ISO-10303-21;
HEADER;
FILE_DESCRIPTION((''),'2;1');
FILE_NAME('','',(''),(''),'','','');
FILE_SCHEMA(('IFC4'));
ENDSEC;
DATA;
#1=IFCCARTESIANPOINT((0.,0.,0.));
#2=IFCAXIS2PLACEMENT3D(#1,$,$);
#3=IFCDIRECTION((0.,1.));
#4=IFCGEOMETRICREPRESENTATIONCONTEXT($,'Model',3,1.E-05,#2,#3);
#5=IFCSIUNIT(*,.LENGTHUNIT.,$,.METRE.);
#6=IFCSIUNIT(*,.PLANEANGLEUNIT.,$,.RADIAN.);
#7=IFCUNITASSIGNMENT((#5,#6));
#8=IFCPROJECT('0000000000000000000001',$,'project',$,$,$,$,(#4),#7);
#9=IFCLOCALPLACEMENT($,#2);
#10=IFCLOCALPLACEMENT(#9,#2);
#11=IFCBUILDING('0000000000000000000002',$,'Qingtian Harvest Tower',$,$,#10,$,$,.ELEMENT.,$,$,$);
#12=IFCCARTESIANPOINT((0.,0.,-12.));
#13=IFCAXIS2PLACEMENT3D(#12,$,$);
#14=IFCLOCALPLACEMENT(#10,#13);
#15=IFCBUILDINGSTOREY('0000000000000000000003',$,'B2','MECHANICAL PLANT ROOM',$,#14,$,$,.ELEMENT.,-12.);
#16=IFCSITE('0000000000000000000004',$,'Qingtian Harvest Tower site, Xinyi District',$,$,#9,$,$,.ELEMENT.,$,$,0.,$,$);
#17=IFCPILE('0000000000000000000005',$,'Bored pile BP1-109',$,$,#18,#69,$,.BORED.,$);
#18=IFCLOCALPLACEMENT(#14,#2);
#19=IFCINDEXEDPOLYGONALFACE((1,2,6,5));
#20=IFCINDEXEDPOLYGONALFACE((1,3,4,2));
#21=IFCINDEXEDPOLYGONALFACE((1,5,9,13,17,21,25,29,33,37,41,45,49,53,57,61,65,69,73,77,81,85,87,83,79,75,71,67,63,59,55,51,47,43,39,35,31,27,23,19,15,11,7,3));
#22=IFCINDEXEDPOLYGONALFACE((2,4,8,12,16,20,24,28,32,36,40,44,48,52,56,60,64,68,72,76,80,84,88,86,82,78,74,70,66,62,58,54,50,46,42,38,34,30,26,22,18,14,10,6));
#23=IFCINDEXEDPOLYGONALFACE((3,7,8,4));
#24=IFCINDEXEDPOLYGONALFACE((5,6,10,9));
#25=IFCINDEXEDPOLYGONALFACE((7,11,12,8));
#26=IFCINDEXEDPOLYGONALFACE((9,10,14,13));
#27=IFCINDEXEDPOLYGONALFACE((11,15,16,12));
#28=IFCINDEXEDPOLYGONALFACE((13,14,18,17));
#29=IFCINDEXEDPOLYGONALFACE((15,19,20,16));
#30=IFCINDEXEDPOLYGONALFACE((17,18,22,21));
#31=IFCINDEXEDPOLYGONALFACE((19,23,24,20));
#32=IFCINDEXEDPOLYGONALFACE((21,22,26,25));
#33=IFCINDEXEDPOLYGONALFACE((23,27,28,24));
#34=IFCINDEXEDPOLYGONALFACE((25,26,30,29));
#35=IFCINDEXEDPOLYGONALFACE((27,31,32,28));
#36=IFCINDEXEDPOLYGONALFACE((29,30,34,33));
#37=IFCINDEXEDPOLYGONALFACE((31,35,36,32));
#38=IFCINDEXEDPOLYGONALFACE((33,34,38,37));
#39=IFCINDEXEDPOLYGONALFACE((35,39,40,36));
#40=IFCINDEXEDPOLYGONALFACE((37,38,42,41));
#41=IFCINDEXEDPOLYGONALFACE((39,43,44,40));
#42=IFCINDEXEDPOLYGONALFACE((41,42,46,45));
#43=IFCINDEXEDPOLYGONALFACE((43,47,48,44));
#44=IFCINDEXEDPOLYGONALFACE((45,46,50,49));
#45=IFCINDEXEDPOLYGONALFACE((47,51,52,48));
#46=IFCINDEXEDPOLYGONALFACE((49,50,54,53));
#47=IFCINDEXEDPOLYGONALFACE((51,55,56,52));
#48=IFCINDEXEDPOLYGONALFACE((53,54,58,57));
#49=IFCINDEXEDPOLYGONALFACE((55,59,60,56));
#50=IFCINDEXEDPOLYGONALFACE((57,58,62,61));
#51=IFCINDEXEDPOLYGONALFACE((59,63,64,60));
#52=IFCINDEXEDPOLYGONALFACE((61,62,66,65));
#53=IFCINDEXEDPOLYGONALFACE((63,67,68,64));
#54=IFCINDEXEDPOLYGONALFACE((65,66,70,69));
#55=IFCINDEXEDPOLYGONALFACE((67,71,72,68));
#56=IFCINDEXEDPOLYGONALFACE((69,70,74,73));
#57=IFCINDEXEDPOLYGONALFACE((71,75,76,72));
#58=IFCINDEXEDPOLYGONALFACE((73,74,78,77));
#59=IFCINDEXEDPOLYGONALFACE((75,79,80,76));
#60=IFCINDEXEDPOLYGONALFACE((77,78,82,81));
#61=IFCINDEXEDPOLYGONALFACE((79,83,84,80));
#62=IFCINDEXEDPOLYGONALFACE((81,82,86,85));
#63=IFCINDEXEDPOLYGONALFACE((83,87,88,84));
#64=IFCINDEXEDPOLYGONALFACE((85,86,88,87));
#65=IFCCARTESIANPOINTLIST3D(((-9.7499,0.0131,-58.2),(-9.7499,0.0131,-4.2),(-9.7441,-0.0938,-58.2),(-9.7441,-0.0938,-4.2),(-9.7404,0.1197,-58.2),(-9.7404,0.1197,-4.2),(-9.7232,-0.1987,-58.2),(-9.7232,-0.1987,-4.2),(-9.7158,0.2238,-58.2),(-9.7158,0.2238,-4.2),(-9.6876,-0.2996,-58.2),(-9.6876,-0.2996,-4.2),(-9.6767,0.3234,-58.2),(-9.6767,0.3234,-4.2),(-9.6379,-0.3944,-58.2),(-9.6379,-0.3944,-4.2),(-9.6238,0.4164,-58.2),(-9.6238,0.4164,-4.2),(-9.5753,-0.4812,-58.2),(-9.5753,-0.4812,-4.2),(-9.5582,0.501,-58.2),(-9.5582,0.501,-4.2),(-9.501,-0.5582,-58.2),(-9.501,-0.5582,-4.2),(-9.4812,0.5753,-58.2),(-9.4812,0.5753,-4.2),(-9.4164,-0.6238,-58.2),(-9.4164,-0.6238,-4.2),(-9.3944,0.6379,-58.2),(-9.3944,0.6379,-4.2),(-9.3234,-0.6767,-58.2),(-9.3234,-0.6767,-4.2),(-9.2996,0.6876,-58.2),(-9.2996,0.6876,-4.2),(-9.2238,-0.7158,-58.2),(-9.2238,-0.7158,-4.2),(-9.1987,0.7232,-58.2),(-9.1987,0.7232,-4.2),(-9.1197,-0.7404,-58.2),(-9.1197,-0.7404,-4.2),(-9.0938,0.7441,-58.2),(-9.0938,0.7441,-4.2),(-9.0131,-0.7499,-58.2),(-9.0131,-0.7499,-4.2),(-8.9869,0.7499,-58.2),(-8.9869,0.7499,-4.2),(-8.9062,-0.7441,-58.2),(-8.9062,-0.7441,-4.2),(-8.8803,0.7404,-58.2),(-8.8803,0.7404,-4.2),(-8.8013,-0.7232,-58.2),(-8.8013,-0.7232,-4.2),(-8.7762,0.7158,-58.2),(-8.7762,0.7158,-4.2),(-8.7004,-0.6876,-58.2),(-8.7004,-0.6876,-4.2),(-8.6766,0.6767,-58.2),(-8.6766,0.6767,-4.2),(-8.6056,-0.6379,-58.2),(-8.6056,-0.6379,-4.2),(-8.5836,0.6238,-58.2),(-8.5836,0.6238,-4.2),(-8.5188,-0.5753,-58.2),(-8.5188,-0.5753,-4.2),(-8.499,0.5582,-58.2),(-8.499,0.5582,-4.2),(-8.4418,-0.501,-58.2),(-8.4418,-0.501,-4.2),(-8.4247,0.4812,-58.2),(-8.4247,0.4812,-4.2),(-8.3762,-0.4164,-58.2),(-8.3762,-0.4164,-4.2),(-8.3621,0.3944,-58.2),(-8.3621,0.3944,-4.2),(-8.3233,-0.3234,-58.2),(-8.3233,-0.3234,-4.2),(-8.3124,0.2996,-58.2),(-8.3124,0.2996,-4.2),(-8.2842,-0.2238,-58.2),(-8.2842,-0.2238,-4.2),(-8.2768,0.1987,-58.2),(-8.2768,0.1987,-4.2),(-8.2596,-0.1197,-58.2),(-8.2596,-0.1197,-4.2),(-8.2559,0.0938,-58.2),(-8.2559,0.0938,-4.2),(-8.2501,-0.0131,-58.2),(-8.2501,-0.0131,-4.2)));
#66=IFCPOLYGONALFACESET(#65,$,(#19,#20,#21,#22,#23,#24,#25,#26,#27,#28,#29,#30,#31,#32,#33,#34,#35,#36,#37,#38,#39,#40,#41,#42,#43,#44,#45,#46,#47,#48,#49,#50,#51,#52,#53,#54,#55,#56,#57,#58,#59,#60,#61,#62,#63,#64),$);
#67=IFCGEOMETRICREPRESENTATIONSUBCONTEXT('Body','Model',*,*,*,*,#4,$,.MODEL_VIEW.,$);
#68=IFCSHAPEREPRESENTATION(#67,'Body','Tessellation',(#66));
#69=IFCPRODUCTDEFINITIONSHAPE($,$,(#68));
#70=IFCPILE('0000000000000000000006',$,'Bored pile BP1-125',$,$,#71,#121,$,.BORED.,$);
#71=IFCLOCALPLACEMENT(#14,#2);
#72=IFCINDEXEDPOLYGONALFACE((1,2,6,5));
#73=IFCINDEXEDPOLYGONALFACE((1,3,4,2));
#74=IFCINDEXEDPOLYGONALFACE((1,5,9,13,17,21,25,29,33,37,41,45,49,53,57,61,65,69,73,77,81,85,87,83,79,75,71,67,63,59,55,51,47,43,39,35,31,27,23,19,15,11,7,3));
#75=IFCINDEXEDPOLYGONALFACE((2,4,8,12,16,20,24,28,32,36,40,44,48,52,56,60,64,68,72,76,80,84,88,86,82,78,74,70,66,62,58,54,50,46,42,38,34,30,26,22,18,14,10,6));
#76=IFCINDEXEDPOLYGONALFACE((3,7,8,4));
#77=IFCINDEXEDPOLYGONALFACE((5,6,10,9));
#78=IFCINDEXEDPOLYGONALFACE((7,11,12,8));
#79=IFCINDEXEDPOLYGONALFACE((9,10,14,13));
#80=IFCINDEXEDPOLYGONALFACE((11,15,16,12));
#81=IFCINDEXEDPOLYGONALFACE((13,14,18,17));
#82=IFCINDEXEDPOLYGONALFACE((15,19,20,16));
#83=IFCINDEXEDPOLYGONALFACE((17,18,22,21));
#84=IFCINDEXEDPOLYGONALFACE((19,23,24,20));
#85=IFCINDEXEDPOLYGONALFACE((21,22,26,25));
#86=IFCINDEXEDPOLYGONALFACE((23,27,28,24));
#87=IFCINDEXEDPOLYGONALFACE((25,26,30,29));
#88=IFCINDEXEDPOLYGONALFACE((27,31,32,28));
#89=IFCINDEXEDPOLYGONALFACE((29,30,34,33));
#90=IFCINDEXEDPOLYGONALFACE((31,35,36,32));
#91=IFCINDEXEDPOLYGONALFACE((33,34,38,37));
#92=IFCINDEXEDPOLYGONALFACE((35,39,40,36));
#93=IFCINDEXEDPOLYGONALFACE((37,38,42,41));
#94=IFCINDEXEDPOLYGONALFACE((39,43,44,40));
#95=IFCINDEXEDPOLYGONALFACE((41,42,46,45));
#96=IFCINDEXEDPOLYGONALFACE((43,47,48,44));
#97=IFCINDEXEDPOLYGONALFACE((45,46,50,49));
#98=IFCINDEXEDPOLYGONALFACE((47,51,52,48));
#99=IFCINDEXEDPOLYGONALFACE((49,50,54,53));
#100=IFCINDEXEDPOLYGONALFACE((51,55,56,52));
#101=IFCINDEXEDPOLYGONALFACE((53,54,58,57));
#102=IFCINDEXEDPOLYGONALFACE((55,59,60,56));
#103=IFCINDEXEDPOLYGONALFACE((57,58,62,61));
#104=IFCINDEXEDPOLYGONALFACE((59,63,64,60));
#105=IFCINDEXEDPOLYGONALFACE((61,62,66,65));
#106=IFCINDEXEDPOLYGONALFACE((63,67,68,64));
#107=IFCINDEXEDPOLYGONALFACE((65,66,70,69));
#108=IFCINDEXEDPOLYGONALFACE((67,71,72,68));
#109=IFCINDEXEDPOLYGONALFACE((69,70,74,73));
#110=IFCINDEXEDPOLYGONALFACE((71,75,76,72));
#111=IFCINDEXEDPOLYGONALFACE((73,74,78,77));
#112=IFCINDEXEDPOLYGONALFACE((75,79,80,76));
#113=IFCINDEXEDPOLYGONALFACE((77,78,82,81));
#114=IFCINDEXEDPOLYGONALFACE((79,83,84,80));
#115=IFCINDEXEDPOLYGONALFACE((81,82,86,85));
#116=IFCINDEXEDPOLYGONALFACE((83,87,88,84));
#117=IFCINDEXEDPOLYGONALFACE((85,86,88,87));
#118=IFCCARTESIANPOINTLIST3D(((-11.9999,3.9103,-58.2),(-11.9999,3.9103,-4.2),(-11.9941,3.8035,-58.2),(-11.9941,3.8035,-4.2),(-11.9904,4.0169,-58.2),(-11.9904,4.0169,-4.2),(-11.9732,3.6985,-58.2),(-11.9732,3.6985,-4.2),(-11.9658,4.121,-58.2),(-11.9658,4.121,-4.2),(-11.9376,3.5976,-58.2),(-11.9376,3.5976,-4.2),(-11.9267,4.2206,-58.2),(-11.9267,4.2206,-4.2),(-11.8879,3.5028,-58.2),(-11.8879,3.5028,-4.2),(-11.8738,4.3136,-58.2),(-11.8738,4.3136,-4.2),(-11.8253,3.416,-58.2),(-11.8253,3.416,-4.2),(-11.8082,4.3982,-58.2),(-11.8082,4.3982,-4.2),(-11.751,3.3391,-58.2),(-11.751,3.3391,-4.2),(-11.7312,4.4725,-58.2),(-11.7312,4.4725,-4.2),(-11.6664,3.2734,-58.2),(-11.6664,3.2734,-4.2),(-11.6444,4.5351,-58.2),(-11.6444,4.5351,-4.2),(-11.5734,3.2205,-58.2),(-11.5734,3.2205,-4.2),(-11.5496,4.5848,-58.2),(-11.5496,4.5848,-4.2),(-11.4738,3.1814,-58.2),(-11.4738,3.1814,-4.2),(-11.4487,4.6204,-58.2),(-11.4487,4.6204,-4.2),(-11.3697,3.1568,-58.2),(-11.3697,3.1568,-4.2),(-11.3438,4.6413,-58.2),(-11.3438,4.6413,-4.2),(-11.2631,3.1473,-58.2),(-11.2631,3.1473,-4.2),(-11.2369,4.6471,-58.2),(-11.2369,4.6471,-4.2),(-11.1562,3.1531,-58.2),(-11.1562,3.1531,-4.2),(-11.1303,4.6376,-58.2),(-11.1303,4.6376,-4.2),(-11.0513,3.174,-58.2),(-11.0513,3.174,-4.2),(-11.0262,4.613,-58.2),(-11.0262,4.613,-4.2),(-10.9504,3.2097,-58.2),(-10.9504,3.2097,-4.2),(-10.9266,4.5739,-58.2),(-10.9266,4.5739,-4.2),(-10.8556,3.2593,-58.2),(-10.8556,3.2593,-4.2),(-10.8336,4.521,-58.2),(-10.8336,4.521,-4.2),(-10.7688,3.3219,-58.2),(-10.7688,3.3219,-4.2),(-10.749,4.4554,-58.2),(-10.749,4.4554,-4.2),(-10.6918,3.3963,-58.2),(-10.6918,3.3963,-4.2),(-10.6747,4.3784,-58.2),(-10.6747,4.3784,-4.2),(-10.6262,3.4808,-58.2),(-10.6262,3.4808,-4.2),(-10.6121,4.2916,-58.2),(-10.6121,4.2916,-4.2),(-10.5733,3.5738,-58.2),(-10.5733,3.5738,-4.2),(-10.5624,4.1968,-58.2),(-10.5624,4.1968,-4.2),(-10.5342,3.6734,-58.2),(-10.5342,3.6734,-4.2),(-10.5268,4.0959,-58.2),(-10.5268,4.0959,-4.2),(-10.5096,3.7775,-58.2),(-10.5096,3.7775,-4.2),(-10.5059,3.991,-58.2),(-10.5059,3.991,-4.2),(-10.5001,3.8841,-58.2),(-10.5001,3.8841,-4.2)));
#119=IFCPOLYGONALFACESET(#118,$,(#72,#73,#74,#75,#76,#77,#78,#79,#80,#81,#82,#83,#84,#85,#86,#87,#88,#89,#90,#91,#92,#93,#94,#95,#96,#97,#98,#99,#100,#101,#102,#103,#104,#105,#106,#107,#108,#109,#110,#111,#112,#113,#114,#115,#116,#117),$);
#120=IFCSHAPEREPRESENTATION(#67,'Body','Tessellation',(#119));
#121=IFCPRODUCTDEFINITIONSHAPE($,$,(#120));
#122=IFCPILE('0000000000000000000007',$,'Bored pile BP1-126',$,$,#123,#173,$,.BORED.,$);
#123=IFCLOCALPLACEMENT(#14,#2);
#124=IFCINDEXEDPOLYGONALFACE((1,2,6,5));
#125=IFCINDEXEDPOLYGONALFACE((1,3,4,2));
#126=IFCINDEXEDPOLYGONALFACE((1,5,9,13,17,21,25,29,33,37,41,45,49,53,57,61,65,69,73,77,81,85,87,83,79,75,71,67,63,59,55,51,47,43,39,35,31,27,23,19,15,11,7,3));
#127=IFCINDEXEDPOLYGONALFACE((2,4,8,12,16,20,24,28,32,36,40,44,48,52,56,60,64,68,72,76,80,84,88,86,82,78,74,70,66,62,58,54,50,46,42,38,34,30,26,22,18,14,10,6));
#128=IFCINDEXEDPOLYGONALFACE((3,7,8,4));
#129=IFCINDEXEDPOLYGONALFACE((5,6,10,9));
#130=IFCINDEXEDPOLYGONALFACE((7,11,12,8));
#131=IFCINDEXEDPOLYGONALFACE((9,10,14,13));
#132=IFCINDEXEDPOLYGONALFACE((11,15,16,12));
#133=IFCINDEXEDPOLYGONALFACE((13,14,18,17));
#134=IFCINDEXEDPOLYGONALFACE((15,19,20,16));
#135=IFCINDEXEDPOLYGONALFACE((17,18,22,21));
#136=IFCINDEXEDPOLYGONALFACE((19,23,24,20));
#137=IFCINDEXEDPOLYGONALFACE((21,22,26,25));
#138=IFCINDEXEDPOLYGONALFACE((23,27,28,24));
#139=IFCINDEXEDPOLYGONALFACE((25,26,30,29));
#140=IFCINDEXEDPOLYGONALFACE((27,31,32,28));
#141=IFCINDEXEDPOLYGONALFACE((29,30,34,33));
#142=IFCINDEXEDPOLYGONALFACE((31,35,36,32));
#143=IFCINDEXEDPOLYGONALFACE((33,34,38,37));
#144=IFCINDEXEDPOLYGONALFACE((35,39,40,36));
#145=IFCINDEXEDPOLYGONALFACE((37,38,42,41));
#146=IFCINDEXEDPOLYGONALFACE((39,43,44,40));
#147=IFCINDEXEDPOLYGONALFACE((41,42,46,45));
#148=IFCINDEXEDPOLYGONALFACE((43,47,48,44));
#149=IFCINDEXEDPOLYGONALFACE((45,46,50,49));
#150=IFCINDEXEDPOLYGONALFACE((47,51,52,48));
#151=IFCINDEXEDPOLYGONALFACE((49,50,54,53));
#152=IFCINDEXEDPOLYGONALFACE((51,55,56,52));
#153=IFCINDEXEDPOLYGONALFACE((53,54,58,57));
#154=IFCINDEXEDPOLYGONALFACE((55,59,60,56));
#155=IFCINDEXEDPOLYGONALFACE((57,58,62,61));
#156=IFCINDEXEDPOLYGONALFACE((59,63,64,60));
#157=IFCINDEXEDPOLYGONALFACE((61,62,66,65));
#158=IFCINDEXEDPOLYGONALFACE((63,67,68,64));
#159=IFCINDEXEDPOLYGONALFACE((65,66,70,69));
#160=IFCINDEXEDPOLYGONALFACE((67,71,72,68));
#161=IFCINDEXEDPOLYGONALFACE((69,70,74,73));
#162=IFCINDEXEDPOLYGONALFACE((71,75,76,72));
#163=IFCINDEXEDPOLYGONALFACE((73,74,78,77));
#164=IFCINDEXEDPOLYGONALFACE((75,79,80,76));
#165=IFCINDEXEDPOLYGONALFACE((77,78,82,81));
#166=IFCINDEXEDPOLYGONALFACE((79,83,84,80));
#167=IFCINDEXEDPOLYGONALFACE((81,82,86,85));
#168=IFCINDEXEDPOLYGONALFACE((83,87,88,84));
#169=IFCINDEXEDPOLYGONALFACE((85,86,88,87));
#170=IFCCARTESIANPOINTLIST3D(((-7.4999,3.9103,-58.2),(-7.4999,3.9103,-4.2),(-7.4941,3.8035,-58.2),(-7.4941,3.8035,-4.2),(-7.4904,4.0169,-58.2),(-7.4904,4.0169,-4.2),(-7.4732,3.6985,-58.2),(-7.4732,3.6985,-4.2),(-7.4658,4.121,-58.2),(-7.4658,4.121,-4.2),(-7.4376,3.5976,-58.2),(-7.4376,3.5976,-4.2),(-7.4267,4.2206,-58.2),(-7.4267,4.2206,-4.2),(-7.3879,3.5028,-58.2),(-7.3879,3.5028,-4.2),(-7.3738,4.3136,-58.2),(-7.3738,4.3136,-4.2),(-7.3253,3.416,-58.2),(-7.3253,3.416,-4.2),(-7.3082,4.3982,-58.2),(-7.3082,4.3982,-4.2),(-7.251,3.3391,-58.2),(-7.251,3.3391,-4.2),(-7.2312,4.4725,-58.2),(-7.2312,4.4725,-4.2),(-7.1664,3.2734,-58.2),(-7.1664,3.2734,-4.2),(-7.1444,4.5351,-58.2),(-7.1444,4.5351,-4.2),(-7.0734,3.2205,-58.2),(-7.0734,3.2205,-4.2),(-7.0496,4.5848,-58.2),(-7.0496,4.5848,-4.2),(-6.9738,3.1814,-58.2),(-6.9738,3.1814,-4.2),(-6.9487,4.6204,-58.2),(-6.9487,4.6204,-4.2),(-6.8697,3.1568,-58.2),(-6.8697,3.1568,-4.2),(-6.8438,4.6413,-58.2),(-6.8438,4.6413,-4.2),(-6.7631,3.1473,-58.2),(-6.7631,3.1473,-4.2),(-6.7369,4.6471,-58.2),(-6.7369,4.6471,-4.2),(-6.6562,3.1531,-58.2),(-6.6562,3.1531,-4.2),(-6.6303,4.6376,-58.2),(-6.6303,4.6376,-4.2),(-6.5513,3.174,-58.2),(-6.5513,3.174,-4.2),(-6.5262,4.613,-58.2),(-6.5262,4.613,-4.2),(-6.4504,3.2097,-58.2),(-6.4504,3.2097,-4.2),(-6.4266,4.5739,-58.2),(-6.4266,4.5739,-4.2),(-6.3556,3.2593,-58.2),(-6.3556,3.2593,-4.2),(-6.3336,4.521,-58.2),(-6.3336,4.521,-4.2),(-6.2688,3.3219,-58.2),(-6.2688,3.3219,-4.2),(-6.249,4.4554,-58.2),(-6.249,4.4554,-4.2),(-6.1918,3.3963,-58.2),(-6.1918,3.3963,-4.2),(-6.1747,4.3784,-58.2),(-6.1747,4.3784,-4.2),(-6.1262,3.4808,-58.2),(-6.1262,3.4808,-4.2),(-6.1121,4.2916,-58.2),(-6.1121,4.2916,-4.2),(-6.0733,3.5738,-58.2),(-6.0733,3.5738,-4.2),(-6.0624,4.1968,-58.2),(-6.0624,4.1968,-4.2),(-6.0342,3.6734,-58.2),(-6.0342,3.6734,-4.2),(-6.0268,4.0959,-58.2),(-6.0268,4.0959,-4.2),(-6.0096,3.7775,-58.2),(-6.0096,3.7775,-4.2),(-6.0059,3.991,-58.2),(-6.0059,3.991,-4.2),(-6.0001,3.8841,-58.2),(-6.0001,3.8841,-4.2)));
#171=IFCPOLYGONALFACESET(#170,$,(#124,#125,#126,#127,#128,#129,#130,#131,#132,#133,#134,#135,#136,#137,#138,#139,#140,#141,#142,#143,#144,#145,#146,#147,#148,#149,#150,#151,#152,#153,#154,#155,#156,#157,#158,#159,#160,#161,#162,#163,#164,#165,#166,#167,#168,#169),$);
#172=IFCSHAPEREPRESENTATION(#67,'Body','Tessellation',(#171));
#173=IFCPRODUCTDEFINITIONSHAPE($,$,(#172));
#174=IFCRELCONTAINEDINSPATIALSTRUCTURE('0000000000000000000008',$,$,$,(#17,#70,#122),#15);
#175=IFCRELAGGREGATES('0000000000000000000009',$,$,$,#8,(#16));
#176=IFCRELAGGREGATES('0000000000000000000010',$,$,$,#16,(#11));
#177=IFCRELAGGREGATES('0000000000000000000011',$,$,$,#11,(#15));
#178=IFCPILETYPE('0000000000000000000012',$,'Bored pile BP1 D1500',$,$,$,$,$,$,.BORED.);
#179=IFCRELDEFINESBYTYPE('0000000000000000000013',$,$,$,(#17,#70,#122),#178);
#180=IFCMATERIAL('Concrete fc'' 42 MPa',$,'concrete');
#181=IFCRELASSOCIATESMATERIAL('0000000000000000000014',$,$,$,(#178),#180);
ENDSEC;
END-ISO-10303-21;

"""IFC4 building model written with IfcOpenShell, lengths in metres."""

from ifc_helpers import new_model, si_unit, direction, frame, frame_2d, origin, place, context, subcontext, project, spatial, circle, extrude, material, material_profile, profile_set, type_object, element, save


model = new_model("IFC4")

# Units and contexts
model_context = context("Model", 3, precision=1e-05, world=origin(), true_north=direction((0.0, 1.0)))
body_context = subcontext(model_context, "Body", "Model", "MODEL_VIEW")
ifc_project = project(units=[si_unit("LENGTHUNIT", "METRE"), si_unit("PLANEANGLEUNIT", "RADIAN")], contexts=[model_context])

# Site, building, storey
site_placement = place(None, origin())
site = spatial("IfcSite", under=ifc_project, at=site_placement, Name="Qingtian Harvest Tower site, Xinyi District", CompositionType="ELEMENT", RefElevation=0.0)
building_placement = place(site_placement, origin())
building = spatial("IfcBuilding", under=site, at=building_placement, Name="Qingtian Harvest Tower", CompositionType="ELEMENT")
storey_placement = place(building_placement, frame((0.0, 0.0, -12.0)))
storey = spatial("IfcBuildingStorey", under=building, at=storey_placement, Name="B2", Description="MECHANICAL PLANT ROOM", CompositionType="ELEMENT", Elevation=-12.0)

# Piles
ifc_material_1 = material(Name="Concrete fc' 42 MPa", Category="concrete")
ifc_material_profile = material_profile(ifc_material_1, circle(Radius=0.75, at=frame_2d((0.0, 0.0), x_axis=(0.999848, 0.017452))), Name="Bored pile BP1 D1500")
ifc_profile_set = profile_set([ifc_material_profile], Name="Concrete fc' 42 MPa")
pile_type = type_object("IfcPileType", Name="Bored pile BP1 D1500", PredefinedType="BORED", material=ifc_profile_set)
for number, where, z_axis, x_axis, name in (
    (1, (-9.0, 0.0, -4.2), (0.0, 0.0, -1.0), (1.0, 0.0, 0.0), "Bored pile BP1-109"),
    (2, (-11.25, 3.8972, -4.2), (0.0, 0.0, -1.0), (1.0, 0.0, 0.0), "Bored pile BP1-125"),
    (3, (-6.75, 3.8972, -4.2), (0.0, 0.0, -1.0), (1.0, 0.0, 0.0), "Bored pile BP1-126"),
):
    element("IfcPile", number, at=place(storey_placement, frame(where, z_axis=z_axis, x_axis=x_axis)), inside=storey, type_object=pile_type, Name=name, PredefinedType="BORED", context=body_context, shape_type="SweptSolid", body=[
        extrude(circle(Radius=0.75, at=frame_2d((0.0, 0.0), x_axis=(0.999848, 0.017452))), origin(), (0.0, 0.0, 1.0), 54.0),
    ])

save(model, "model.ifc")
